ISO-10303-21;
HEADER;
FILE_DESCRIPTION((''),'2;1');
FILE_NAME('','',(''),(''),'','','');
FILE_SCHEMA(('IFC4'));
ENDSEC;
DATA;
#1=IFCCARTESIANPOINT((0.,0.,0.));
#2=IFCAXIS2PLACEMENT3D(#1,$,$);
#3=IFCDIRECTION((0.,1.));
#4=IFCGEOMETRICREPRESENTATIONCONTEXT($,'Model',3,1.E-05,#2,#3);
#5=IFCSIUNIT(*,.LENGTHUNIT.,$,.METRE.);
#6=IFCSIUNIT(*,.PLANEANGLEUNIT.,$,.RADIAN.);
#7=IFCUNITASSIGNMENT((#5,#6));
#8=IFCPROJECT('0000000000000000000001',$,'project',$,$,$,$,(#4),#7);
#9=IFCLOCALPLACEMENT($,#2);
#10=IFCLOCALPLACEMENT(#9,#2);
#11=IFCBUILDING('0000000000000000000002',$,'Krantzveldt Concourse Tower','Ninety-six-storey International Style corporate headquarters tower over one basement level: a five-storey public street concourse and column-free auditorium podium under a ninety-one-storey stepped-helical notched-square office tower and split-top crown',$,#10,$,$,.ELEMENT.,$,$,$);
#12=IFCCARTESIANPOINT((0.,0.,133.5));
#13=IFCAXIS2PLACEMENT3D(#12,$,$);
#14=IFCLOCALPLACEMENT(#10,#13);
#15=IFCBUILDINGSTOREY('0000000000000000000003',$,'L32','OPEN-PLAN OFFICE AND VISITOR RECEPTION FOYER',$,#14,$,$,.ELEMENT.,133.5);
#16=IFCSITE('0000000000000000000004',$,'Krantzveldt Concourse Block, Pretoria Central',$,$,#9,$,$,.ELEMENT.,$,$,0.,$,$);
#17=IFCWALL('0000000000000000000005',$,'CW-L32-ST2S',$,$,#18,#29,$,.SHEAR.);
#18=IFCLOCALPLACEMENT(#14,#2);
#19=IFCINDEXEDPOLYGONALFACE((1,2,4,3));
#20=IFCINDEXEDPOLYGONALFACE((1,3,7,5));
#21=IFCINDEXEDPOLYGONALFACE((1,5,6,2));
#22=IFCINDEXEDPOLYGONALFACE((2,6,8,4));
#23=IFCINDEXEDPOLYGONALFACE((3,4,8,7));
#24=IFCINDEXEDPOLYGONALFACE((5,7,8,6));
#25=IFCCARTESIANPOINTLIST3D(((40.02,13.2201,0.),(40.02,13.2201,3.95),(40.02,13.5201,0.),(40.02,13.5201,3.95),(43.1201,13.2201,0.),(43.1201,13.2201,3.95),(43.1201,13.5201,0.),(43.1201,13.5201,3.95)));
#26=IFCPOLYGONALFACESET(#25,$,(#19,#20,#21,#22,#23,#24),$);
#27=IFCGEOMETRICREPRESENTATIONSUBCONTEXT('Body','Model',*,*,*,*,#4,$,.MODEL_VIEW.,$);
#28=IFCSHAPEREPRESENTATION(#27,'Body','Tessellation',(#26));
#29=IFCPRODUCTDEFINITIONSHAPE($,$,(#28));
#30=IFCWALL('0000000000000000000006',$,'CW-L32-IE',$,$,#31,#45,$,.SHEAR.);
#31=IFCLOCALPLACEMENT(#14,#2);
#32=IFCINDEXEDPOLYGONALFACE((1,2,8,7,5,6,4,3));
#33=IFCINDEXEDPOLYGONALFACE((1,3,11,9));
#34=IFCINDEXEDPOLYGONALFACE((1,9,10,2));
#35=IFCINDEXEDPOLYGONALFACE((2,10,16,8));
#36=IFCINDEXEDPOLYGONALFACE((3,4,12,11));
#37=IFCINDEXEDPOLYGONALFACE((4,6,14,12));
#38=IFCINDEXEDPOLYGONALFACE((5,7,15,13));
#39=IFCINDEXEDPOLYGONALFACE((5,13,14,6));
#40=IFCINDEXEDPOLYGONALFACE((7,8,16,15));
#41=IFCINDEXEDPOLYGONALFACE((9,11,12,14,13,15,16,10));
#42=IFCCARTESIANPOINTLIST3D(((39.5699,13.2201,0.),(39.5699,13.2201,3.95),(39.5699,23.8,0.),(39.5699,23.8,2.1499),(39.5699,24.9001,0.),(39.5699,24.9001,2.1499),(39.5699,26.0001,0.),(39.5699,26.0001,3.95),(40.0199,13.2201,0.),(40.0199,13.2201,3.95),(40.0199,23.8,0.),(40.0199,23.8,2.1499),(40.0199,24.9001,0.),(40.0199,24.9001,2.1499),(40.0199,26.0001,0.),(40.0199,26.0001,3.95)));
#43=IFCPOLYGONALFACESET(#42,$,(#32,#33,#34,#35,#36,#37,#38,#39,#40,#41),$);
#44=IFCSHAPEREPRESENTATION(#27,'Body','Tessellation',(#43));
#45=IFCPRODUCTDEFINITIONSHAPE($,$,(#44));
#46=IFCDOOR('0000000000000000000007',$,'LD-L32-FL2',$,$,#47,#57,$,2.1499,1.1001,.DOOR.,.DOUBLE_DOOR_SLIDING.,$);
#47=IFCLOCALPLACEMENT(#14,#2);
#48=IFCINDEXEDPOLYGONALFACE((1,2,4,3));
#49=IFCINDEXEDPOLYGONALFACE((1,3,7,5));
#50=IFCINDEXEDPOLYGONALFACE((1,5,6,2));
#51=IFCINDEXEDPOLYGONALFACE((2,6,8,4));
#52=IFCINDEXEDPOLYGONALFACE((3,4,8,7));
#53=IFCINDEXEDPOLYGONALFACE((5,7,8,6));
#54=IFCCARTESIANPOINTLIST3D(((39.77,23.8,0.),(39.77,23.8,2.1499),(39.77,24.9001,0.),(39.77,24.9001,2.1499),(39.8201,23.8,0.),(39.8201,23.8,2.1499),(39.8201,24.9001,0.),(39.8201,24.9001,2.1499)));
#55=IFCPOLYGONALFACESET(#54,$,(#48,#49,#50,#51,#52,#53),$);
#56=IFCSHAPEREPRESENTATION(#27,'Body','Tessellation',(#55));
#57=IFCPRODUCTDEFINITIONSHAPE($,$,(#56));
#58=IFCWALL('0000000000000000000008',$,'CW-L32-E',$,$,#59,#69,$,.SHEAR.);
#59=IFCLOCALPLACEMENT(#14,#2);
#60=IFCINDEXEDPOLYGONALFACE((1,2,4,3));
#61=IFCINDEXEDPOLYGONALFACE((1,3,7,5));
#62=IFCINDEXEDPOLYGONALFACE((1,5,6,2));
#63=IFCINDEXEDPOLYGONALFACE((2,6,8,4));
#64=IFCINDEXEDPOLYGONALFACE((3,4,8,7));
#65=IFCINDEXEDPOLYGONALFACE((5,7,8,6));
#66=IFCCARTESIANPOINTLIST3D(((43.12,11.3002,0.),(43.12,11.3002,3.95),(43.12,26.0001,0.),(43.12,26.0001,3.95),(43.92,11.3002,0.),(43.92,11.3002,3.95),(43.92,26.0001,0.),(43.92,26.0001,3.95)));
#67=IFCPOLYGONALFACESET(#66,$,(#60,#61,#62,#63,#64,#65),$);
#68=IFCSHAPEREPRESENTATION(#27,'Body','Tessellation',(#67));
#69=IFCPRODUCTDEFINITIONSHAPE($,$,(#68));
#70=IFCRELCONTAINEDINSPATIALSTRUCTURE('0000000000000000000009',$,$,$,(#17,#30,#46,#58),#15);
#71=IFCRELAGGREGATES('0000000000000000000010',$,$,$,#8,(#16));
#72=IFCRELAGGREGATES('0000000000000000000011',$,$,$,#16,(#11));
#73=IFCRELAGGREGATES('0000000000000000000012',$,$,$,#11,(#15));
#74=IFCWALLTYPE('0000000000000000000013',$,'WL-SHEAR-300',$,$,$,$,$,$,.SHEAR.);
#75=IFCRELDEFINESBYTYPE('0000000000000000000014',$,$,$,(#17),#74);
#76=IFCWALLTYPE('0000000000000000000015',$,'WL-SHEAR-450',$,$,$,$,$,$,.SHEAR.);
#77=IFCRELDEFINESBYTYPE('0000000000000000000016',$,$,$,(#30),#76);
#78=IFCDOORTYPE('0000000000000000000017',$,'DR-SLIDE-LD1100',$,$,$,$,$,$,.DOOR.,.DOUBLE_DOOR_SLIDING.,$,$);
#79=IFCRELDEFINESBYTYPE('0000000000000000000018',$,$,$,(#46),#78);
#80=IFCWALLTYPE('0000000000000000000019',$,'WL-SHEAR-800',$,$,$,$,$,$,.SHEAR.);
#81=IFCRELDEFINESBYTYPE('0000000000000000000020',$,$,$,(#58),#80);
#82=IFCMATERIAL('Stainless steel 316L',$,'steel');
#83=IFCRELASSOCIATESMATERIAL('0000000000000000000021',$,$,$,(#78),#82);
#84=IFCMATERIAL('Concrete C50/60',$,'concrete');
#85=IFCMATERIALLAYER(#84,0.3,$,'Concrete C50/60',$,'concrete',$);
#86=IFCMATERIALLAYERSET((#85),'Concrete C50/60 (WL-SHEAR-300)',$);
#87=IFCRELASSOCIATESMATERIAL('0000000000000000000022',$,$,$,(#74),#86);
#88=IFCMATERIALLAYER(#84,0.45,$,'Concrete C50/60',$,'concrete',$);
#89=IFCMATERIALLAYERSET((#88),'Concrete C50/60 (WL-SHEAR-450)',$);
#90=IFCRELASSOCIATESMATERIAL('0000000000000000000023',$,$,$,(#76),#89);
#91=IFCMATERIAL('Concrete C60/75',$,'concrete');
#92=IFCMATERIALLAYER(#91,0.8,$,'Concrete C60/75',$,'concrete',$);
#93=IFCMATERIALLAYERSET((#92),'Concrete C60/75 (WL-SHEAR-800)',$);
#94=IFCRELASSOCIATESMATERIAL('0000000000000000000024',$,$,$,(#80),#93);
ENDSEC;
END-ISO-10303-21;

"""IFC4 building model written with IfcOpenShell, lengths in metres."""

from ifc_helpers import new_model, si_unit, direction, frame, frame_2d, origin, place, context, subcontext, project, spatial, rectangle, extrude, material, layer, layer_set, type_object, element, fill, save


model = new_model("IFC4")

# Units and contexts
model_context = context("Model", 3, precision=1e-05, world=origin(), true_north=direction((0.0, 1.0)))
body_context = subcontext(model_context, "Body", "Model", "MODEL_VIEW")
ifc_project = project(units=[si_unit("LENGTHUNIT", "METRE"), si_unit("PLANEANGLEUNIT", "RADIAN")], contexts=[model_context])

# Site, building, storey
site_placement = place(None, origin())
site = spatial("IfcSite", under=ifc_project, at=site_placement, Name="Krantzveldt Concourse Block, Pretoria Central", CompositionType="ELEMENT", RefElevation=0.0)
building_placement = place(site_placement, origin())
building = spatial("IfcBuilding", under=site, at=building_placement, Name="Krantzveldt Concourse Tower", Description="Ninety-six-storey International Style corporate headquarters tower over one basement level: a five-storey public street concourse and column-free auditorium podium under a ninety-one-storey stepped-helical notched-square office tower and split-top crown", CompositionType="ELEMENT")
storey_placement = place(building_placement, frame((0.0, 0.0, 133.5)))
storey = spatial("IfcBuildingStorey", under=building, at=storey_placement, Name="L32", Description="OPEN-PLAN OFFICE AND VISITOR RECEPTION FOYER", CompositionType="ELEMENT", Elevation=133.5)

# Shared definitions
ifc_material_1 = material(Name="Stainless steel 316L", Category="steel")
door_type_1 = type_object("IfcDoorType", Name="DR-SLIDE-LD1100", OperationType="DOUBLE_DOOR_SLIDING", PredefinedType="DOOR", material=ifc_material_1)

# Wall
ifc_material_2 = material(Name="Concrete C50/60", Category="concrete")
ifc_layer_1 = layer(ifc_material_2, 0.3, Name="Concrete C50/60", Category="concrete")
ifc_layer_set_1 = layer_set([ifc_layer_1], Name="Concrete C50/60 (WL-SHEAR-300)")
wall_type_1 = type_object("IfcWallType", Name="WL-SHEAR-300", PredefinedType="SHEAR", material=ifc_layer_set_1)
wall_1_placement = place(storey_placement, frame((40.02, 13.3701, 0.0), z_axis=(0.0, 0.0, 1.0), x_axis=(1.0, 0.0, 0.0)))
element("IfcWall", 1, at=wall_1_placement, inside=storey, type_object=wall_type_1, Name="CW-L32-ST2S", PredefinedType="SHEAR", context=body_context, shape_type="SweptSolid", body=[
    extrude(rectangle(XDim=3.1001, YDim=0.3, at=frame_2d((1.55, 0.0))), origin(), (0.0, 0.0, 1.0), 3.95),
])

# Wall, opening, door
ifc_layer_2 = layer(ifc_material_2, 0.45, Name="Concrete C50/60", Category="concrete")
ifc_layer_set_2 = layer_set([ifc_layer_2], Name="Concrete C50/60 (WL-SHEAR-450)")
wall_type_2 = type_object("IfcWallType", Name="WL-SHEAR-450", PredefinedType="SHEAR", material=ifc_layer_set_2)
wall_2_placement = place(storey_placement, frame((39.7949, 13.22, 0.0), z_axis=(0.0, 0.0, 1.0), x_axis=(0.0, 1.0, 0.0)))
wall_2 = element("IfcWall", 2, at=wall_2_placement, inside=storey, type_object=wall_type_2, Name="CW-L32-IE", PredefinedType="SHEAR", context=body_context, shape_type="SweptSolid", body=[
    extrude(rectangle(XDim=12.78, YDim=0.45, at=frame_2d((6.3901, 0.0))), origin(), (0.0, 0.0, 1.0), 3.95),
])
opening_1_placement = place(wall_2_placement, frame((10.5801, 0.0, 0.0)))
opening_1 = element("IfcOpeningElement", 3, at=opening_1_placement, cuts=wall_2, PredefinedType="OPENING", context=body_context, shape_type="SweptSolid", body=[
    extrude(rectangle(XDim=1.1001, YDim=2.1499, at=frame_2d((0.55, 1.075))), frame((0.0, 0.2349, 0.0), z_axis=(0.0, -1.0, 0.0), x_axis=(1.0, 0.0, 0.0)), (0.0, 0.0, 1.0), 0.47),
])
door_1_placement = place(opening_1_placement, origin())
door_1 = element("IfcDoor", 4, at=door_1_placement, inside=storey, type_object=door_type_1, Name="LD-L32-FL2", OperationType="DOUBLE_DOOR_SLIDING", OverallHeight=2.1499, OverallWidth=1.1001, PredefinedType="DOOR", context=body_context, shape_type="SweptSolid", body=[
    extrude(rectangle(XDim=1.1001, YDim=2.1499, at=frame_2d((0.55, 1.075))), frame((0.0, 0.0249, 0.0), z_axis=(0.0, -1.0, 0.0), x_axis=(1.0, 0.0, 0.0)), (0.0, 0.0, 1.0), 0.05),
])
fill(opening_1, door_1)

# Wall
ifc_material_3 = material(Name="Concrete C60/75", Category="concrete")
ifc_layer_3 = layer(ifc_material_3, 0.8, Name="Concrete C60/75", Category="concrete")
ifc_layer_set_3 = layer_set([ifc_layer_3], Name="Concrete C60/75 (WL-SHEAR-800)")
wall_type_3 = type_object("IfcWallType", Name="WL-SHEAR-800", PredefinedType="SHEAR", material=ifc_layer_set_3)
wall_3_placement = place(storey_placement, frame((43.52, 11.3, 0.0), z_axis=(0.0, 0.0, 1.0), x_axis=(0.0, 1.0, 0.0)))
element("IfcWall", 5, at=wall_3_placement, inside=storey, type_object=wall_type_3, Name="CW-L32-E", PredefinedType="SHEAR", context=body_context, shape_type="SweptSolid", body=[
    extrude(rectangle(XDim=14.7, YDim=0.8, at=frame_2d((7.3501, 0.0))), origin(), (0.0, 0.0, 1.0), 3.95),
])

save(model, "model.ifc")
